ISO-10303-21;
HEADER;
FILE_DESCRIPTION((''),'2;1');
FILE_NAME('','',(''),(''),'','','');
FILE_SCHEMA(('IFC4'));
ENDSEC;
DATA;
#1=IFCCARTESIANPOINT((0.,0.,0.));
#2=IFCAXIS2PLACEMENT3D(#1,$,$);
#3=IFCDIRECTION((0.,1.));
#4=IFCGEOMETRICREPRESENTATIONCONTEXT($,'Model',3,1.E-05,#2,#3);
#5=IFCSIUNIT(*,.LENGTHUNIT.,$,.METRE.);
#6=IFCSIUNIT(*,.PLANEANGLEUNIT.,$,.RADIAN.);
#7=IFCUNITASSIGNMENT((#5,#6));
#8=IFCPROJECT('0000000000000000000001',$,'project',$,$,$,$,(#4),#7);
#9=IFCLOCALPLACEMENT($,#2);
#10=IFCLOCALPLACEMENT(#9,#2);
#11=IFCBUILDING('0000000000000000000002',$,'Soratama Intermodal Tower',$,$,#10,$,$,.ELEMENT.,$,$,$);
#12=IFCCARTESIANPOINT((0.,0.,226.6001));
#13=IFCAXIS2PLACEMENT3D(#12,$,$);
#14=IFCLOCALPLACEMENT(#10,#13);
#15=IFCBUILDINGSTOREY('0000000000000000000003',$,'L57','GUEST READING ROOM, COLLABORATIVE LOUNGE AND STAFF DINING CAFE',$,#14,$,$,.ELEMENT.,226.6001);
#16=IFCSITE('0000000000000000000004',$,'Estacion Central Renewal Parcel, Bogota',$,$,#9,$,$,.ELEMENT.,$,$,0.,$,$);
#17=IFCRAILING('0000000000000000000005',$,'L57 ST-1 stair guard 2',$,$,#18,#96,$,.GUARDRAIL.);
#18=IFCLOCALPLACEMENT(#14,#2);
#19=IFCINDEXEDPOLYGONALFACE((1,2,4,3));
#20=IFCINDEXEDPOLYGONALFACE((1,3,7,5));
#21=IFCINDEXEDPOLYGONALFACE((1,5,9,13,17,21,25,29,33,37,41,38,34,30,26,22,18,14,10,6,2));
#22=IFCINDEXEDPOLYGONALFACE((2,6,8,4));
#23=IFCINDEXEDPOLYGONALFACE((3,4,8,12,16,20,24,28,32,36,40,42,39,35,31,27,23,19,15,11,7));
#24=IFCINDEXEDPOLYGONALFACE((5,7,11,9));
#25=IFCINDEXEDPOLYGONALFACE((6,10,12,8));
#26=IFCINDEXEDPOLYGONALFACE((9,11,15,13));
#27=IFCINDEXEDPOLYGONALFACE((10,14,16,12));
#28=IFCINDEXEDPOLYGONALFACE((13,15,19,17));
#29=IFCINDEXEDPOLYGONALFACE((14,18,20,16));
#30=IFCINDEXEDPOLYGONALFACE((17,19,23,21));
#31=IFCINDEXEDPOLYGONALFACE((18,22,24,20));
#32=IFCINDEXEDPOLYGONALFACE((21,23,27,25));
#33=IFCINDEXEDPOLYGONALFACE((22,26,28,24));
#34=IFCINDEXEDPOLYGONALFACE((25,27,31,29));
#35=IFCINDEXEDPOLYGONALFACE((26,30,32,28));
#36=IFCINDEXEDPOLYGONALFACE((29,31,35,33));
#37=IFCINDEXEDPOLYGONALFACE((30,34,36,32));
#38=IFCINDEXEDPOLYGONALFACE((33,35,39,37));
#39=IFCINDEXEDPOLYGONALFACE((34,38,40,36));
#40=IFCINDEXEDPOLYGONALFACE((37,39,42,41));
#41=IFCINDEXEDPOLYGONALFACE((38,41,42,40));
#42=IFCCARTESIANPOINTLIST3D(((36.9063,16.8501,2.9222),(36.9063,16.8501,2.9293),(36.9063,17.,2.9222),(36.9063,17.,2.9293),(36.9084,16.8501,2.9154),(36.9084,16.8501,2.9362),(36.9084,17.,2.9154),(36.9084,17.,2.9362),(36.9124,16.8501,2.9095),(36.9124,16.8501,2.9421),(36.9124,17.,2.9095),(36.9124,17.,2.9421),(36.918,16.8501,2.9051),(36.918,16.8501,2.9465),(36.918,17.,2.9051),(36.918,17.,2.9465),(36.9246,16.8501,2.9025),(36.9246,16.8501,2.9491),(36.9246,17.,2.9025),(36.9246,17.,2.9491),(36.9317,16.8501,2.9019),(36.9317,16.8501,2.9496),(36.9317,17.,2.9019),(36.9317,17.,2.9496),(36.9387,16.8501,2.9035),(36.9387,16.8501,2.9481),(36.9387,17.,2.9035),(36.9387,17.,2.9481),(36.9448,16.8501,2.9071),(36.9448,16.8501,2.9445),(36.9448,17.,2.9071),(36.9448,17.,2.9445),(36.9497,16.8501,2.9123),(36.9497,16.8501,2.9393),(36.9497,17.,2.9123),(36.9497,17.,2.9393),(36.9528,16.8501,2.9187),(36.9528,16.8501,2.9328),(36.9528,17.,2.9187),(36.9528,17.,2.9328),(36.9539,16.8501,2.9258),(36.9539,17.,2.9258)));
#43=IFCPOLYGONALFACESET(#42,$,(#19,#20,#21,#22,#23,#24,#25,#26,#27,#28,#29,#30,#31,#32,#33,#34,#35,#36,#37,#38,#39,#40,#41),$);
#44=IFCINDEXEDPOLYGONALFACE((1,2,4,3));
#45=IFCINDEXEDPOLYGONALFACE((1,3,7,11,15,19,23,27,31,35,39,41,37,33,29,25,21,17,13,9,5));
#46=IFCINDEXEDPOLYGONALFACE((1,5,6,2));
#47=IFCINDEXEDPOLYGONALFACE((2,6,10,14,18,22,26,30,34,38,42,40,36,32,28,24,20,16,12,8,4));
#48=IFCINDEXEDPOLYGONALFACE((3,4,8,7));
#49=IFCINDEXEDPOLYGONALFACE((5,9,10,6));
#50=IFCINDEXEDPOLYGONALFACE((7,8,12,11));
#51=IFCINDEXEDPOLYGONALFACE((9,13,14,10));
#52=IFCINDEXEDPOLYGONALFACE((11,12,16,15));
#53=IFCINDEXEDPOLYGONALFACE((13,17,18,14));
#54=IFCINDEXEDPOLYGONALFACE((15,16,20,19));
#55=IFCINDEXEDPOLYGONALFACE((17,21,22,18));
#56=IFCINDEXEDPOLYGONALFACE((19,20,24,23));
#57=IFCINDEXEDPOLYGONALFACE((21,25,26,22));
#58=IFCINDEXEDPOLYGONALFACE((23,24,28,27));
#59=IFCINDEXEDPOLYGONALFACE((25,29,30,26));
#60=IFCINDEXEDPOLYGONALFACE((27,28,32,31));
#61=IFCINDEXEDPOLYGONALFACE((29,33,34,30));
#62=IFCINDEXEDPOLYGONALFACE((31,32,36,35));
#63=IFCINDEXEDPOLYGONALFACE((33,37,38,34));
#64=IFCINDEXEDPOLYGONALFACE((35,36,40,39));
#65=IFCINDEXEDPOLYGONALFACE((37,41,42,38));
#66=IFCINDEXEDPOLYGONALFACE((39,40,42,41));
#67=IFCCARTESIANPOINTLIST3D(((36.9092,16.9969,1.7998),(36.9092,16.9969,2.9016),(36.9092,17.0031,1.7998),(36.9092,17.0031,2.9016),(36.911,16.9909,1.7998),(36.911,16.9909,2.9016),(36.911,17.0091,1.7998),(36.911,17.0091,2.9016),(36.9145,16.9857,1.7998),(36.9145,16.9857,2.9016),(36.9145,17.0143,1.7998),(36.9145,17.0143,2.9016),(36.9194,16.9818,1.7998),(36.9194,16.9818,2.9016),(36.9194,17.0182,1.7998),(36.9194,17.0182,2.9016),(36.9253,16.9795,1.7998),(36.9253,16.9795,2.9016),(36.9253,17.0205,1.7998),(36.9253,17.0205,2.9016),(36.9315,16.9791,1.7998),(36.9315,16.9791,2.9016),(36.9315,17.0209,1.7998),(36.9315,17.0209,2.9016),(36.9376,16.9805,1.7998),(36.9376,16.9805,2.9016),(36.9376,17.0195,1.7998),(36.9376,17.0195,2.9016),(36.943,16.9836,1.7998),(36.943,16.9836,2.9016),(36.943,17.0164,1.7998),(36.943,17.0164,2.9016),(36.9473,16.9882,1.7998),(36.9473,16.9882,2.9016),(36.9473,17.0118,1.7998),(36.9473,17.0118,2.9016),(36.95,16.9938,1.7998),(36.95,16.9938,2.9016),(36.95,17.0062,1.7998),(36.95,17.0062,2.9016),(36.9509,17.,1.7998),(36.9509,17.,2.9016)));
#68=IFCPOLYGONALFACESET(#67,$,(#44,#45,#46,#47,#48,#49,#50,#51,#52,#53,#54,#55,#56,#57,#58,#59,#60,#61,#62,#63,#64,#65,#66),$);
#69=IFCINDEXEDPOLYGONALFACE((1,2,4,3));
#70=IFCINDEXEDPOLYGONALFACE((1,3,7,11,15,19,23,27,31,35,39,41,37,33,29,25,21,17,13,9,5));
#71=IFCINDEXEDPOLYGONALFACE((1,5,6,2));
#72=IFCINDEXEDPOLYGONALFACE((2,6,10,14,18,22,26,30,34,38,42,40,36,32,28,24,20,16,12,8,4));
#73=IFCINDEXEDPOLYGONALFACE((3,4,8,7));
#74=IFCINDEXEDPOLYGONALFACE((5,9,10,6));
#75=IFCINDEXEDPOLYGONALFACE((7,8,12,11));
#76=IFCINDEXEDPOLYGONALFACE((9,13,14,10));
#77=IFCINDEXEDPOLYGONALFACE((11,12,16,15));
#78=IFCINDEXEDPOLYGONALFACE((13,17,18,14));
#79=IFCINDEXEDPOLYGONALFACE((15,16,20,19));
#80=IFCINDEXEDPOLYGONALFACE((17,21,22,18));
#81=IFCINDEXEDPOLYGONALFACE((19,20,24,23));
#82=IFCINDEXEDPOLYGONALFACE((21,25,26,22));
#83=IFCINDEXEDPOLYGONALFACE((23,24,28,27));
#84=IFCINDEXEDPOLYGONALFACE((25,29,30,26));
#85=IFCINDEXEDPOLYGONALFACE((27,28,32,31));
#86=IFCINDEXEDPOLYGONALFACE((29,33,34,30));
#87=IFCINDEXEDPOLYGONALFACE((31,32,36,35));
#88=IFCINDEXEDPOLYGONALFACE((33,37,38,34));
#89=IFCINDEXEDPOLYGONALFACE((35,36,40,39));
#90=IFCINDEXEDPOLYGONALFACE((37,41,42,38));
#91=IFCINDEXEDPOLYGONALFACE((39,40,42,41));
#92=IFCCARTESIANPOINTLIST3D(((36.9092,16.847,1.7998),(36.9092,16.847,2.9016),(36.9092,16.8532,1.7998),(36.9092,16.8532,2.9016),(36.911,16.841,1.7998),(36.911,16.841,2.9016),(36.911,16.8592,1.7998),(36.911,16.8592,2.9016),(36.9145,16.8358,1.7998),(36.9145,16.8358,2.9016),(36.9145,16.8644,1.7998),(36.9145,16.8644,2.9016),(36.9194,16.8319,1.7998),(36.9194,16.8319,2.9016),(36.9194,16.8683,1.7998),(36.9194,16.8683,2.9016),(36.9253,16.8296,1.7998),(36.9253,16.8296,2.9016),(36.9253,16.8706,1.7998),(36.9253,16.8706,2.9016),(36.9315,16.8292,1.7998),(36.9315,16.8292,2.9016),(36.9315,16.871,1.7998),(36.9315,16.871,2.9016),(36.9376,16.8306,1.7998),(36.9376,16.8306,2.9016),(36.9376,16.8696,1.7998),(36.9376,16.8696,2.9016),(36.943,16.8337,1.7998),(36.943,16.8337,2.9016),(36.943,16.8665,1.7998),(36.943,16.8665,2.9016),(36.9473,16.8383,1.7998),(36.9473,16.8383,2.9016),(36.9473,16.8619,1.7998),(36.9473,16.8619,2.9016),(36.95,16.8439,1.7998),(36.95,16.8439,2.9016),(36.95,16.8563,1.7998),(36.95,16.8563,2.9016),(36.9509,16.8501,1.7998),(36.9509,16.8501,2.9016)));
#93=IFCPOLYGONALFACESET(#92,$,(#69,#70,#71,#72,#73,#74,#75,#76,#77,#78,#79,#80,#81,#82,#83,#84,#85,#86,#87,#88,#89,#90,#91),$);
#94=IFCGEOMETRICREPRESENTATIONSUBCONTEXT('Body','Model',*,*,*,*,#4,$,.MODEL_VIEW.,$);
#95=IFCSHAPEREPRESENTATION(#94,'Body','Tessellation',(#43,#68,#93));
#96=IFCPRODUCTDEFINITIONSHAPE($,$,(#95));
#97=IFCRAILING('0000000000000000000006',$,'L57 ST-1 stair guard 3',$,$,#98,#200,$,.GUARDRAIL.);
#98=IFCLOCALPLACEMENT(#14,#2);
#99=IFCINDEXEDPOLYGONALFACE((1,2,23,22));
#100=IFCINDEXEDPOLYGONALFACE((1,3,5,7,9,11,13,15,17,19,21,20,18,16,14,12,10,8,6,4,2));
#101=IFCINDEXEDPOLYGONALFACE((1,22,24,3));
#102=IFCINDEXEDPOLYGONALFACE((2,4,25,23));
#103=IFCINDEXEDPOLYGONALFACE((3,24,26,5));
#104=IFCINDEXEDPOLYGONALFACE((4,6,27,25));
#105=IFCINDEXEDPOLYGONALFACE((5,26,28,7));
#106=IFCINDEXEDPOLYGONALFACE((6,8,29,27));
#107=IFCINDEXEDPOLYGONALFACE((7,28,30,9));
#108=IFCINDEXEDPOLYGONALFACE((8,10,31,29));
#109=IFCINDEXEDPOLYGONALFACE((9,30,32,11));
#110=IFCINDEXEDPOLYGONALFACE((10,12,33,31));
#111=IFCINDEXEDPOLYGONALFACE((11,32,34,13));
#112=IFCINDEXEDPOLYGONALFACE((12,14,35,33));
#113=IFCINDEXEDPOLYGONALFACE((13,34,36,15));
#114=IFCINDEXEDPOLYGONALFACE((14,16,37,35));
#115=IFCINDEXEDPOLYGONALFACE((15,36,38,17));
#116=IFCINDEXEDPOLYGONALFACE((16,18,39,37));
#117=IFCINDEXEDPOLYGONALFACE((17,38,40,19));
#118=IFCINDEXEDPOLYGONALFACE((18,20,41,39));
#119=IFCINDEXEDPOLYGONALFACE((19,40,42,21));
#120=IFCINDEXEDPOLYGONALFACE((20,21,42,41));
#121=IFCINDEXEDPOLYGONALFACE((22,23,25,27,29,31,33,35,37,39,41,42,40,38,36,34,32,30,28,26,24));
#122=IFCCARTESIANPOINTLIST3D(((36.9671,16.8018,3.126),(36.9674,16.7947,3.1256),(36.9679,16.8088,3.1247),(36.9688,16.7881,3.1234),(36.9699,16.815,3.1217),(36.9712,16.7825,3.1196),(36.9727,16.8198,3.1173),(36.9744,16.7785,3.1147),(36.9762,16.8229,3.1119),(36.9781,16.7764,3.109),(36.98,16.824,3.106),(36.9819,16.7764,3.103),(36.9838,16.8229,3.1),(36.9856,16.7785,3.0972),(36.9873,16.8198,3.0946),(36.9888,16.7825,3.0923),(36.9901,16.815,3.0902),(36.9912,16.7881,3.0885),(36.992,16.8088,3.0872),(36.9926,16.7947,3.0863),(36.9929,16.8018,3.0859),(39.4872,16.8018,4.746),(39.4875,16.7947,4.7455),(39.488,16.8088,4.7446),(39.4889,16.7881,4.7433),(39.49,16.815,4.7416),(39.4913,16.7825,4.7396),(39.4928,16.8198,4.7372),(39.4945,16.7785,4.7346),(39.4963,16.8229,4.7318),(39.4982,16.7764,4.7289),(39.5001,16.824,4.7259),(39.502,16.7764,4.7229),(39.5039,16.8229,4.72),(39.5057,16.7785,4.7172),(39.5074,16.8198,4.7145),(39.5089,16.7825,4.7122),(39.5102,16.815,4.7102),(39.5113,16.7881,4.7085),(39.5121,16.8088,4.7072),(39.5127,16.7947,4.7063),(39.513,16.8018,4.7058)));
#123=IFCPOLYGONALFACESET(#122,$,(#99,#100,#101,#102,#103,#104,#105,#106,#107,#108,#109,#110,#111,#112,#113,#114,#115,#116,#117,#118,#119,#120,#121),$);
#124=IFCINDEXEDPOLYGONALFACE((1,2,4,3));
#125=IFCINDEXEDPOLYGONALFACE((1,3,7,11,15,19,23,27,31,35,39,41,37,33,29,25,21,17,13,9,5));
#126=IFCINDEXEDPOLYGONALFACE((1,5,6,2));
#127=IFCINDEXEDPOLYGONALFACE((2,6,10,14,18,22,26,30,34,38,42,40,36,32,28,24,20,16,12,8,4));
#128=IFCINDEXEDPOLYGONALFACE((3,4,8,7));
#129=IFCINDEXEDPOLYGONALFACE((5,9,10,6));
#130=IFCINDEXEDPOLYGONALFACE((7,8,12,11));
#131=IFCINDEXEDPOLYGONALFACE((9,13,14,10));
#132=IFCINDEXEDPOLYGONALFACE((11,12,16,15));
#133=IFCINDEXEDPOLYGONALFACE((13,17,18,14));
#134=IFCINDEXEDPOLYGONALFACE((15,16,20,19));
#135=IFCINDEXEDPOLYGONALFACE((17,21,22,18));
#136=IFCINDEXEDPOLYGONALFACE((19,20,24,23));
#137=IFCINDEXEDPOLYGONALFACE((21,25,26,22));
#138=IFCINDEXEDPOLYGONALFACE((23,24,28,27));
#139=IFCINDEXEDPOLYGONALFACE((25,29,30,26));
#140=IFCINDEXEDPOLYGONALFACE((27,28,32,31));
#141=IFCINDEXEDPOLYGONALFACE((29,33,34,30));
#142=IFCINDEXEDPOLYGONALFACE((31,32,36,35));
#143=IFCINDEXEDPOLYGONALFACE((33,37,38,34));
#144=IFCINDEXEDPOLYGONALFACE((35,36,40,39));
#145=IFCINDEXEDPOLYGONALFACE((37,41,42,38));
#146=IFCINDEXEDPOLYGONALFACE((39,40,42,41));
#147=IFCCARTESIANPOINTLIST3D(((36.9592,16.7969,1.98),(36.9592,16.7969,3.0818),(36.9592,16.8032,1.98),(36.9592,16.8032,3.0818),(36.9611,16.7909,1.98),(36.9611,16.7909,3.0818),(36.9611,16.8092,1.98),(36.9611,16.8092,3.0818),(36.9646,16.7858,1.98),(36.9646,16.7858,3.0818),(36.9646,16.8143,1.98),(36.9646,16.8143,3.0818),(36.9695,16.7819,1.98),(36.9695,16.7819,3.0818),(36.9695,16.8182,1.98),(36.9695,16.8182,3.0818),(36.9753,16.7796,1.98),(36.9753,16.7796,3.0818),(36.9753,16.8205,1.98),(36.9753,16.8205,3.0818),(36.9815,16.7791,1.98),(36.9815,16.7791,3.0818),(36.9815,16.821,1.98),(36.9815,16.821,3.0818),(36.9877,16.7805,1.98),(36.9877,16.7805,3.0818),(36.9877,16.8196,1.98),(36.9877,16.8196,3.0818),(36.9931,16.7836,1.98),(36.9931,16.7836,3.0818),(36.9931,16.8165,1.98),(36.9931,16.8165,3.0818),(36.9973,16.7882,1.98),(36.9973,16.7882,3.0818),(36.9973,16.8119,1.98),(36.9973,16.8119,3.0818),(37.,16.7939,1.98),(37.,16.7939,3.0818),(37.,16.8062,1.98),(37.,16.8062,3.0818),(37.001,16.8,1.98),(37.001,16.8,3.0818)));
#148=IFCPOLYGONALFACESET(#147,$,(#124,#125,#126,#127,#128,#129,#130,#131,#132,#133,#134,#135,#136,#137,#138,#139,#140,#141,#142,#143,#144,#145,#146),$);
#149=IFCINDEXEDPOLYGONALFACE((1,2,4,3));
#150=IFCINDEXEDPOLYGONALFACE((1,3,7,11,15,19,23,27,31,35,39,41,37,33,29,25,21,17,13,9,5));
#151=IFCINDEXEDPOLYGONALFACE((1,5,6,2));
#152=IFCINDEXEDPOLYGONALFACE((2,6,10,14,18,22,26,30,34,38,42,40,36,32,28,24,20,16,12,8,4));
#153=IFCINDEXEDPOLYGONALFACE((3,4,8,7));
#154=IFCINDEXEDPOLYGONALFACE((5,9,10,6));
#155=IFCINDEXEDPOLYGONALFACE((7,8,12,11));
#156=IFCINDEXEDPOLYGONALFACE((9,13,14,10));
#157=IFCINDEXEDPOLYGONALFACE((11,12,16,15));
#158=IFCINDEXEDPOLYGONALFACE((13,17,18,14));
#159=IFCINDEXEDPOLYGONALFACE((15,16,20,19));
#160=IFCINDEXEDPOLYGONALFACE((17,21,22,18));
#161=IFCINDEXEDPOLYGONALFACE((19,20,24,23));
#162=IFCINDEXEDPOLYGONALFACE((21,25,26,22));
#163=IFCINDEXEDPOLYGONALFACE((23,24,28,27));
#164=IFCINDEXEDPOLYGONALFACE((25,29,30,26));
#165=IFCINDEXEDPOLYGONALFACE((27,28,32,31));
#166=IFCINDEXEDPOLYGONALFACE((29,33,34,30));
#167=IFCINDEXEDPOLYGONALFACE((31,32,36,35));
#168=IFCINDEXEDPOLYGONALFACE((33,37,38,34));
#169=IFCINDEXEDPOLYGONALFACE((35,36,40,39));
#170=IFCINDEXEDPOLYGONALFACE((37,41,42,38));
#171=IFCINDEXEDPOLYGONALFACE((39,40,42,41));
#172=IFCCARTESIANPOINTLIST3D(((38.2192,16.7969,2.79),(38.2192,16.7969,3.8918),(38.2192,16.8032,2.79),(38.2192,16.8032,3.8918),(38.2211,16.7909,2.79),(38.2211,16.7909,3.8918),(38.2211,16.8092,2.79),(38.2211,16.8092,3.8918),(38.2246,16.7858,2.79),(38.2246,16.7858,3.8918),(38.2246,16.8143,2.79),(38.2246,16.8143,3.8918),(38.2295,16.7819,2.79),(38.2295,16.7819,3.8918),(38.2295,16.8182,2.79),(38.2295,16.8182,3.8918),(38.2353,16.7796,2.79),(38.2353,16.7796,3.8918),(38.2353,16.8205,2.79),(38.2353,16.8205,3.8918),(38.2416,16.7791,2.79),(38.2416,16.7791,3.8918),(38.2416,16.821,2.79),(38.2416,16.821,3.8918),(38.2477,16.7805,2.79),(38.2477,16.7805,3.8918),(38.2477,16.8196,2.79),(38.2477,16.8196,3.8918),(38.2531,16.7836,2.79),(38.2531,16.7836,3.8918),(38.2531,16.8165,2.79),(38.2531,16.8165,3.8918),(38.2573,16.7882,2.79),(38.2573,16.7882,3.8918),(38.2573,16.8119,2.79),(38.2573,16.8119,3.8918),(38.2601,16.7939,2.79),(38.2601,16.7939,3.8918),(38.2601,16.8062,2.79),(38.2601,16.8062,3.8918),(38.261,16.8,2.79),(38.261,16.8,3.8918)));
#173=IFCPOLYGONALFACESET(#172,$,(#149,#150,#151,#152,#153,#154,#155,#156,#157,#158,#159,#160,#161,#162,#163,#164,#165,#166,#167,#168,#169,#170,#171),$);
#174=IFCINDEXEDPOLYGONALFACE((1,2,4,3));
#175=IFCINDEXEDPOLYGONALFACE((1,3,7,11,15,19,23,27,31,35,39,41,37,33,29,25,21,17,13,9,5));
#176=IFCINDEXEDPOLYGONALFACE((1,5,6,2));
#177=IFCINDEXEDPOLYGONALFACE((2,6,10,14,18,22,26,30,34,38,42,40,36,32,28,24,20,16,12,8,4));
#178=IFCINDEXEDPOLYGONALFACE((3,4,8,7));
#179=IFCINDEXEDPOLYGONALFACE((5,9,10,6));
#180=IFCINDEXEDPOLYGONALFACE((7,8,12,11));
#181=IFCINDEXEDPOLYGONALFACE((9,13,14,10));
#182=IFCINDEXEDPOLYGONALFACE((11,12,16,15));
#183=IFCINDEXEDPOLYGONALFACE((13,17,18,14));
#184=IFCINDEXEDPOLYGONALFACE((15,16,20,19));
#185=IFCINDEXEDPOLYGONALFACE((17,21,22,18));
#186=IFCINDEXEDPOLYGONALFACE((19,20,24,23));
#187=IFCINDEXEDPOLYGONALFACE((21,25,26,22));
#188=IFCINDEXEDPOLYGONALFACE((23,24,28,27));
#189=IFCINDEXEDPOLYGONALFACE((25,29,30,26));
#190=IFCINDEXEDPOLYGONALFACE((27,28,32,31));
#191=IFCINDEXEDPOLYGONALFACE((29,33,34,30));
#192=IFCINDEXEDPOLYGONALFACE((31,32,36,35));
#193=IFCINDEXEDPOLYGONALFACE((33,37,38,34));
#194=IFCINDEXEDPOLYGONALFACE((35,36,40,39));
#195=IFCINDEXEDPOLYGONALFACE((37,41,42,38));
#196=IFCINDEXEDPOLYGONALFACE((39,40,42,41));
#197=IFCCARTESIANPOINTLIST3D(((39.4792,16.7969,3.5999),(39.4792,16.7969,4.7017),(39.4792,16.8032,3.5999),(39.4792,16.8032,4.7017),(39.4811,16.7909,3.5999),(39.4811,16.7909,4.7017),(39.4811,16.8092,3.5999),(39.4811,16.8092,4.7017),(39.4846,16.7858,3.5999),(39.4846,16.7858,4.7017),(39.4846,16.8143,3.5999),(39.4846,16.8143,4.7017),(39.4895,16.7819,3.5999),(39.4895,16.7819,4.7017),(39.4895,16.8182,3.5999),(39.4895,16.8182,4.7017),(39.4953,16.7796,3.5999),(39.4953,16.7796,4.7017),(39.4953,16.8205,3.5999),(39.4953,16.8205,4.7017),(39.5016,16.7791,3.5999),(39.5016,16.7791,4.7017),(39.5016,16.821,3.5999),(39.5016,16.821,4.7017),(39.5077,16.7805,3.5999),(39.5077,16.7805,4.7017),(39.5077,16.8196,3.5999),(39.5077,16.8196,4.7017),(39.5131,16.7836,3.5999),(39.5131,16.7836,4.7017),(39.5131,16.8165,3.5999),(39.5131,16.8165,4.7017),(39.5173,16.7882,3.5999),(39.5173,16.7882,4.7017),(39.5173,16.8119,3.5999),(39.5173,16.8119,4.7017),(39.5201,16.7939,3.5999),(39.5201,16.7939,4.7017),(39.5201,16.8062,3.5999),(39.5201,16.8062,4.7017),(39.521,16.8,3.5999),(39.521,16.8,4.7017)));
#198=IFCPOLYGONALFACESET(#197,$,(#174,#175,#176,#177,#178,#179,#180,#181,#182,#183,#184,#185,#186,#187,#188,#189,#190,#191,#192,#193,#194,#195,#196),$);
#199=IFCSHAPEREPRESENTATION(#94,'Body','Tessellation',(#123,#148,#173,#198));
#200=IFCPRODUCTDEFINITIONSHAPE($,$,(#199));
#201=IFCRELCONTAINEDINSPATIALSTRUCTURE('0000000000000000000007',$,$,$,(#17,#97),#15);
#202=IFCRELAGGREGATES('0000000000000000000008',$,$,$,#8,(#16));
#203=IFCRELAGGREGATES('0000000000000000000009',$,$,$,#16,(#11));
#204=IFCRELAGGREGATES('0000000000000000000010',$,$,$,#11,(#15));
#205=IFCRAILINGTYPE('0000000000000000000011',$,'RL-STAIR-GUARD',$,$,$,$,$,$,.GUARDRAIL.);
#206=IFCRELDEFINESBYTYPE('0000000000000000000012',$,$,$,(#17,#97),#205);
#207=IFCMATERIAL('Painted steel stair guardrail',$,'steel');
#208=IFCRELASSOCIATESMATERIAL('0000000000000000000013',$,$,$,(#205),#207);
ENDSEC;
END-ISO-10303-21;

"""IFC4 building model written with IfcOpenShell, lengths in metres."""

from ifc_helpers import new_model, si_unit, direction, frame, origin, origin_2d, place, context, subcontext, project, spatial, circle, extrude, material, type_object, element, save


model = new_model("IFC4")

# Units and contexts
model_context = context("Model", 3, precision=1e-05, world=origin(), true_north=direction((0.0, 1.0)))
body_context = subcontext(model_context, "Body", "Model", "MODEL_VIEW")
ifc_project = project(units=[si_unit("LENGTHUNIT", "METRE"), si_unit("PLANEANGLEUNIT", "RADIAN")], contexts=[model_context])

# Site, building, storey
site_placement = place(None, origin())
site = spatial("IfcSite", under=ifc_project, at=site_placement, Name="Estacion Central Renewal Parcel, Bogota", CompositionType="ELEMENT", RefElevation=0.0)
building_placement = place(site_placement, origin())
building = spatial("IfcBuilding", under=site, at=building_placement, Name="Soratama Intermodal Tower", CompositionType="ELEMENT")
storey_placement = place(building_placement, frame((0.0, 0.0, 226.6001)))
storey = spatial("IfcBuildingStorey", under=building, at=storey_placement, Name="L57", Description="GUEST READING ROOM, COLLABORATIVE LOUNGE AND STAFF DINING CAFE", CompositionType="ELEMENT", Elevation=226.6001)

# Railings
ifc_material_1 = material(Name="Painted steel stair guardrail", Category="steel")
railing_type_1 = type_object("IfcRailingType", Name="RL-STAIR-GUARD", PredefinedType="GUARDRAIL", material=ifc_material_1)
railing_1_placement = place(storey_placement, frame((36.9299, 17.0, 1.7998)))
element("IfcRailing", 1, at=railing_1_placement, inside=storey, type_object=railing_type_1, Name="L57 ST-1 stair guard 2", PredefinedType="GUARDRAIL", context=body_context, shape_type="SweptSolid", body=[
    extrude(circle(Radius=0.0239, at=origin_2d()), frame((0.0, 0.0, 1.126), z_axis=(0.0, -1.0, 0.0), x_axis=(1.0, 0.0, 0.0)), (0.0, 0.0, 1.0), 0.1499),
    extrude(circle(Radius=0.021, at=origin_2d()), origin(), (0.0, 0.0, 1.0), 1.1018),
    extrude(circle(Radius=0.021, at=origin_2d()), frame((0.0, -0.1499, 0.0)), (0.0, 0.0, 1.0), 1.1018),
])
railing_2_placement = place(storey_placement, frame((36.98, 16.8, 1.98)))
element("IfcRailing", 2, at=railing_2_placement, inside=storey, type_object=railing_type_1, Name="L57 ST-1 stair guard 3", PredefinedType="GUARDRAIL", context=body_context, shape_type="SweptSolid", body=[
    extrude(circle(Radius=0.0239, at=origin_2d()), frame((0.0, 0.0, 1.126), z_axis=(0.8412, 0.0, 0.540725), x_axis=(0.0, 1.0, 0.0)), (0.0, 0.0, 1.0), 2.9958),
    extrude(circle(Radius=0.021, at=origin_2d()), origin(), (0.0, 0.0, 1.0), 1.1018),
    extrude(circle(Radius=0.021, at=origin_2d()), frame((1.26, 0.0, 0.8101)), (0.0, 0.0, 1.0), 1.1018),
    extrude(circle(Radius=0.021, at=origin_2d()), frame((2.52, 0.0, 1.6199)), (0.0, 0.0, 1.0), 1.1018),
])

save(model, "model.ifc")
